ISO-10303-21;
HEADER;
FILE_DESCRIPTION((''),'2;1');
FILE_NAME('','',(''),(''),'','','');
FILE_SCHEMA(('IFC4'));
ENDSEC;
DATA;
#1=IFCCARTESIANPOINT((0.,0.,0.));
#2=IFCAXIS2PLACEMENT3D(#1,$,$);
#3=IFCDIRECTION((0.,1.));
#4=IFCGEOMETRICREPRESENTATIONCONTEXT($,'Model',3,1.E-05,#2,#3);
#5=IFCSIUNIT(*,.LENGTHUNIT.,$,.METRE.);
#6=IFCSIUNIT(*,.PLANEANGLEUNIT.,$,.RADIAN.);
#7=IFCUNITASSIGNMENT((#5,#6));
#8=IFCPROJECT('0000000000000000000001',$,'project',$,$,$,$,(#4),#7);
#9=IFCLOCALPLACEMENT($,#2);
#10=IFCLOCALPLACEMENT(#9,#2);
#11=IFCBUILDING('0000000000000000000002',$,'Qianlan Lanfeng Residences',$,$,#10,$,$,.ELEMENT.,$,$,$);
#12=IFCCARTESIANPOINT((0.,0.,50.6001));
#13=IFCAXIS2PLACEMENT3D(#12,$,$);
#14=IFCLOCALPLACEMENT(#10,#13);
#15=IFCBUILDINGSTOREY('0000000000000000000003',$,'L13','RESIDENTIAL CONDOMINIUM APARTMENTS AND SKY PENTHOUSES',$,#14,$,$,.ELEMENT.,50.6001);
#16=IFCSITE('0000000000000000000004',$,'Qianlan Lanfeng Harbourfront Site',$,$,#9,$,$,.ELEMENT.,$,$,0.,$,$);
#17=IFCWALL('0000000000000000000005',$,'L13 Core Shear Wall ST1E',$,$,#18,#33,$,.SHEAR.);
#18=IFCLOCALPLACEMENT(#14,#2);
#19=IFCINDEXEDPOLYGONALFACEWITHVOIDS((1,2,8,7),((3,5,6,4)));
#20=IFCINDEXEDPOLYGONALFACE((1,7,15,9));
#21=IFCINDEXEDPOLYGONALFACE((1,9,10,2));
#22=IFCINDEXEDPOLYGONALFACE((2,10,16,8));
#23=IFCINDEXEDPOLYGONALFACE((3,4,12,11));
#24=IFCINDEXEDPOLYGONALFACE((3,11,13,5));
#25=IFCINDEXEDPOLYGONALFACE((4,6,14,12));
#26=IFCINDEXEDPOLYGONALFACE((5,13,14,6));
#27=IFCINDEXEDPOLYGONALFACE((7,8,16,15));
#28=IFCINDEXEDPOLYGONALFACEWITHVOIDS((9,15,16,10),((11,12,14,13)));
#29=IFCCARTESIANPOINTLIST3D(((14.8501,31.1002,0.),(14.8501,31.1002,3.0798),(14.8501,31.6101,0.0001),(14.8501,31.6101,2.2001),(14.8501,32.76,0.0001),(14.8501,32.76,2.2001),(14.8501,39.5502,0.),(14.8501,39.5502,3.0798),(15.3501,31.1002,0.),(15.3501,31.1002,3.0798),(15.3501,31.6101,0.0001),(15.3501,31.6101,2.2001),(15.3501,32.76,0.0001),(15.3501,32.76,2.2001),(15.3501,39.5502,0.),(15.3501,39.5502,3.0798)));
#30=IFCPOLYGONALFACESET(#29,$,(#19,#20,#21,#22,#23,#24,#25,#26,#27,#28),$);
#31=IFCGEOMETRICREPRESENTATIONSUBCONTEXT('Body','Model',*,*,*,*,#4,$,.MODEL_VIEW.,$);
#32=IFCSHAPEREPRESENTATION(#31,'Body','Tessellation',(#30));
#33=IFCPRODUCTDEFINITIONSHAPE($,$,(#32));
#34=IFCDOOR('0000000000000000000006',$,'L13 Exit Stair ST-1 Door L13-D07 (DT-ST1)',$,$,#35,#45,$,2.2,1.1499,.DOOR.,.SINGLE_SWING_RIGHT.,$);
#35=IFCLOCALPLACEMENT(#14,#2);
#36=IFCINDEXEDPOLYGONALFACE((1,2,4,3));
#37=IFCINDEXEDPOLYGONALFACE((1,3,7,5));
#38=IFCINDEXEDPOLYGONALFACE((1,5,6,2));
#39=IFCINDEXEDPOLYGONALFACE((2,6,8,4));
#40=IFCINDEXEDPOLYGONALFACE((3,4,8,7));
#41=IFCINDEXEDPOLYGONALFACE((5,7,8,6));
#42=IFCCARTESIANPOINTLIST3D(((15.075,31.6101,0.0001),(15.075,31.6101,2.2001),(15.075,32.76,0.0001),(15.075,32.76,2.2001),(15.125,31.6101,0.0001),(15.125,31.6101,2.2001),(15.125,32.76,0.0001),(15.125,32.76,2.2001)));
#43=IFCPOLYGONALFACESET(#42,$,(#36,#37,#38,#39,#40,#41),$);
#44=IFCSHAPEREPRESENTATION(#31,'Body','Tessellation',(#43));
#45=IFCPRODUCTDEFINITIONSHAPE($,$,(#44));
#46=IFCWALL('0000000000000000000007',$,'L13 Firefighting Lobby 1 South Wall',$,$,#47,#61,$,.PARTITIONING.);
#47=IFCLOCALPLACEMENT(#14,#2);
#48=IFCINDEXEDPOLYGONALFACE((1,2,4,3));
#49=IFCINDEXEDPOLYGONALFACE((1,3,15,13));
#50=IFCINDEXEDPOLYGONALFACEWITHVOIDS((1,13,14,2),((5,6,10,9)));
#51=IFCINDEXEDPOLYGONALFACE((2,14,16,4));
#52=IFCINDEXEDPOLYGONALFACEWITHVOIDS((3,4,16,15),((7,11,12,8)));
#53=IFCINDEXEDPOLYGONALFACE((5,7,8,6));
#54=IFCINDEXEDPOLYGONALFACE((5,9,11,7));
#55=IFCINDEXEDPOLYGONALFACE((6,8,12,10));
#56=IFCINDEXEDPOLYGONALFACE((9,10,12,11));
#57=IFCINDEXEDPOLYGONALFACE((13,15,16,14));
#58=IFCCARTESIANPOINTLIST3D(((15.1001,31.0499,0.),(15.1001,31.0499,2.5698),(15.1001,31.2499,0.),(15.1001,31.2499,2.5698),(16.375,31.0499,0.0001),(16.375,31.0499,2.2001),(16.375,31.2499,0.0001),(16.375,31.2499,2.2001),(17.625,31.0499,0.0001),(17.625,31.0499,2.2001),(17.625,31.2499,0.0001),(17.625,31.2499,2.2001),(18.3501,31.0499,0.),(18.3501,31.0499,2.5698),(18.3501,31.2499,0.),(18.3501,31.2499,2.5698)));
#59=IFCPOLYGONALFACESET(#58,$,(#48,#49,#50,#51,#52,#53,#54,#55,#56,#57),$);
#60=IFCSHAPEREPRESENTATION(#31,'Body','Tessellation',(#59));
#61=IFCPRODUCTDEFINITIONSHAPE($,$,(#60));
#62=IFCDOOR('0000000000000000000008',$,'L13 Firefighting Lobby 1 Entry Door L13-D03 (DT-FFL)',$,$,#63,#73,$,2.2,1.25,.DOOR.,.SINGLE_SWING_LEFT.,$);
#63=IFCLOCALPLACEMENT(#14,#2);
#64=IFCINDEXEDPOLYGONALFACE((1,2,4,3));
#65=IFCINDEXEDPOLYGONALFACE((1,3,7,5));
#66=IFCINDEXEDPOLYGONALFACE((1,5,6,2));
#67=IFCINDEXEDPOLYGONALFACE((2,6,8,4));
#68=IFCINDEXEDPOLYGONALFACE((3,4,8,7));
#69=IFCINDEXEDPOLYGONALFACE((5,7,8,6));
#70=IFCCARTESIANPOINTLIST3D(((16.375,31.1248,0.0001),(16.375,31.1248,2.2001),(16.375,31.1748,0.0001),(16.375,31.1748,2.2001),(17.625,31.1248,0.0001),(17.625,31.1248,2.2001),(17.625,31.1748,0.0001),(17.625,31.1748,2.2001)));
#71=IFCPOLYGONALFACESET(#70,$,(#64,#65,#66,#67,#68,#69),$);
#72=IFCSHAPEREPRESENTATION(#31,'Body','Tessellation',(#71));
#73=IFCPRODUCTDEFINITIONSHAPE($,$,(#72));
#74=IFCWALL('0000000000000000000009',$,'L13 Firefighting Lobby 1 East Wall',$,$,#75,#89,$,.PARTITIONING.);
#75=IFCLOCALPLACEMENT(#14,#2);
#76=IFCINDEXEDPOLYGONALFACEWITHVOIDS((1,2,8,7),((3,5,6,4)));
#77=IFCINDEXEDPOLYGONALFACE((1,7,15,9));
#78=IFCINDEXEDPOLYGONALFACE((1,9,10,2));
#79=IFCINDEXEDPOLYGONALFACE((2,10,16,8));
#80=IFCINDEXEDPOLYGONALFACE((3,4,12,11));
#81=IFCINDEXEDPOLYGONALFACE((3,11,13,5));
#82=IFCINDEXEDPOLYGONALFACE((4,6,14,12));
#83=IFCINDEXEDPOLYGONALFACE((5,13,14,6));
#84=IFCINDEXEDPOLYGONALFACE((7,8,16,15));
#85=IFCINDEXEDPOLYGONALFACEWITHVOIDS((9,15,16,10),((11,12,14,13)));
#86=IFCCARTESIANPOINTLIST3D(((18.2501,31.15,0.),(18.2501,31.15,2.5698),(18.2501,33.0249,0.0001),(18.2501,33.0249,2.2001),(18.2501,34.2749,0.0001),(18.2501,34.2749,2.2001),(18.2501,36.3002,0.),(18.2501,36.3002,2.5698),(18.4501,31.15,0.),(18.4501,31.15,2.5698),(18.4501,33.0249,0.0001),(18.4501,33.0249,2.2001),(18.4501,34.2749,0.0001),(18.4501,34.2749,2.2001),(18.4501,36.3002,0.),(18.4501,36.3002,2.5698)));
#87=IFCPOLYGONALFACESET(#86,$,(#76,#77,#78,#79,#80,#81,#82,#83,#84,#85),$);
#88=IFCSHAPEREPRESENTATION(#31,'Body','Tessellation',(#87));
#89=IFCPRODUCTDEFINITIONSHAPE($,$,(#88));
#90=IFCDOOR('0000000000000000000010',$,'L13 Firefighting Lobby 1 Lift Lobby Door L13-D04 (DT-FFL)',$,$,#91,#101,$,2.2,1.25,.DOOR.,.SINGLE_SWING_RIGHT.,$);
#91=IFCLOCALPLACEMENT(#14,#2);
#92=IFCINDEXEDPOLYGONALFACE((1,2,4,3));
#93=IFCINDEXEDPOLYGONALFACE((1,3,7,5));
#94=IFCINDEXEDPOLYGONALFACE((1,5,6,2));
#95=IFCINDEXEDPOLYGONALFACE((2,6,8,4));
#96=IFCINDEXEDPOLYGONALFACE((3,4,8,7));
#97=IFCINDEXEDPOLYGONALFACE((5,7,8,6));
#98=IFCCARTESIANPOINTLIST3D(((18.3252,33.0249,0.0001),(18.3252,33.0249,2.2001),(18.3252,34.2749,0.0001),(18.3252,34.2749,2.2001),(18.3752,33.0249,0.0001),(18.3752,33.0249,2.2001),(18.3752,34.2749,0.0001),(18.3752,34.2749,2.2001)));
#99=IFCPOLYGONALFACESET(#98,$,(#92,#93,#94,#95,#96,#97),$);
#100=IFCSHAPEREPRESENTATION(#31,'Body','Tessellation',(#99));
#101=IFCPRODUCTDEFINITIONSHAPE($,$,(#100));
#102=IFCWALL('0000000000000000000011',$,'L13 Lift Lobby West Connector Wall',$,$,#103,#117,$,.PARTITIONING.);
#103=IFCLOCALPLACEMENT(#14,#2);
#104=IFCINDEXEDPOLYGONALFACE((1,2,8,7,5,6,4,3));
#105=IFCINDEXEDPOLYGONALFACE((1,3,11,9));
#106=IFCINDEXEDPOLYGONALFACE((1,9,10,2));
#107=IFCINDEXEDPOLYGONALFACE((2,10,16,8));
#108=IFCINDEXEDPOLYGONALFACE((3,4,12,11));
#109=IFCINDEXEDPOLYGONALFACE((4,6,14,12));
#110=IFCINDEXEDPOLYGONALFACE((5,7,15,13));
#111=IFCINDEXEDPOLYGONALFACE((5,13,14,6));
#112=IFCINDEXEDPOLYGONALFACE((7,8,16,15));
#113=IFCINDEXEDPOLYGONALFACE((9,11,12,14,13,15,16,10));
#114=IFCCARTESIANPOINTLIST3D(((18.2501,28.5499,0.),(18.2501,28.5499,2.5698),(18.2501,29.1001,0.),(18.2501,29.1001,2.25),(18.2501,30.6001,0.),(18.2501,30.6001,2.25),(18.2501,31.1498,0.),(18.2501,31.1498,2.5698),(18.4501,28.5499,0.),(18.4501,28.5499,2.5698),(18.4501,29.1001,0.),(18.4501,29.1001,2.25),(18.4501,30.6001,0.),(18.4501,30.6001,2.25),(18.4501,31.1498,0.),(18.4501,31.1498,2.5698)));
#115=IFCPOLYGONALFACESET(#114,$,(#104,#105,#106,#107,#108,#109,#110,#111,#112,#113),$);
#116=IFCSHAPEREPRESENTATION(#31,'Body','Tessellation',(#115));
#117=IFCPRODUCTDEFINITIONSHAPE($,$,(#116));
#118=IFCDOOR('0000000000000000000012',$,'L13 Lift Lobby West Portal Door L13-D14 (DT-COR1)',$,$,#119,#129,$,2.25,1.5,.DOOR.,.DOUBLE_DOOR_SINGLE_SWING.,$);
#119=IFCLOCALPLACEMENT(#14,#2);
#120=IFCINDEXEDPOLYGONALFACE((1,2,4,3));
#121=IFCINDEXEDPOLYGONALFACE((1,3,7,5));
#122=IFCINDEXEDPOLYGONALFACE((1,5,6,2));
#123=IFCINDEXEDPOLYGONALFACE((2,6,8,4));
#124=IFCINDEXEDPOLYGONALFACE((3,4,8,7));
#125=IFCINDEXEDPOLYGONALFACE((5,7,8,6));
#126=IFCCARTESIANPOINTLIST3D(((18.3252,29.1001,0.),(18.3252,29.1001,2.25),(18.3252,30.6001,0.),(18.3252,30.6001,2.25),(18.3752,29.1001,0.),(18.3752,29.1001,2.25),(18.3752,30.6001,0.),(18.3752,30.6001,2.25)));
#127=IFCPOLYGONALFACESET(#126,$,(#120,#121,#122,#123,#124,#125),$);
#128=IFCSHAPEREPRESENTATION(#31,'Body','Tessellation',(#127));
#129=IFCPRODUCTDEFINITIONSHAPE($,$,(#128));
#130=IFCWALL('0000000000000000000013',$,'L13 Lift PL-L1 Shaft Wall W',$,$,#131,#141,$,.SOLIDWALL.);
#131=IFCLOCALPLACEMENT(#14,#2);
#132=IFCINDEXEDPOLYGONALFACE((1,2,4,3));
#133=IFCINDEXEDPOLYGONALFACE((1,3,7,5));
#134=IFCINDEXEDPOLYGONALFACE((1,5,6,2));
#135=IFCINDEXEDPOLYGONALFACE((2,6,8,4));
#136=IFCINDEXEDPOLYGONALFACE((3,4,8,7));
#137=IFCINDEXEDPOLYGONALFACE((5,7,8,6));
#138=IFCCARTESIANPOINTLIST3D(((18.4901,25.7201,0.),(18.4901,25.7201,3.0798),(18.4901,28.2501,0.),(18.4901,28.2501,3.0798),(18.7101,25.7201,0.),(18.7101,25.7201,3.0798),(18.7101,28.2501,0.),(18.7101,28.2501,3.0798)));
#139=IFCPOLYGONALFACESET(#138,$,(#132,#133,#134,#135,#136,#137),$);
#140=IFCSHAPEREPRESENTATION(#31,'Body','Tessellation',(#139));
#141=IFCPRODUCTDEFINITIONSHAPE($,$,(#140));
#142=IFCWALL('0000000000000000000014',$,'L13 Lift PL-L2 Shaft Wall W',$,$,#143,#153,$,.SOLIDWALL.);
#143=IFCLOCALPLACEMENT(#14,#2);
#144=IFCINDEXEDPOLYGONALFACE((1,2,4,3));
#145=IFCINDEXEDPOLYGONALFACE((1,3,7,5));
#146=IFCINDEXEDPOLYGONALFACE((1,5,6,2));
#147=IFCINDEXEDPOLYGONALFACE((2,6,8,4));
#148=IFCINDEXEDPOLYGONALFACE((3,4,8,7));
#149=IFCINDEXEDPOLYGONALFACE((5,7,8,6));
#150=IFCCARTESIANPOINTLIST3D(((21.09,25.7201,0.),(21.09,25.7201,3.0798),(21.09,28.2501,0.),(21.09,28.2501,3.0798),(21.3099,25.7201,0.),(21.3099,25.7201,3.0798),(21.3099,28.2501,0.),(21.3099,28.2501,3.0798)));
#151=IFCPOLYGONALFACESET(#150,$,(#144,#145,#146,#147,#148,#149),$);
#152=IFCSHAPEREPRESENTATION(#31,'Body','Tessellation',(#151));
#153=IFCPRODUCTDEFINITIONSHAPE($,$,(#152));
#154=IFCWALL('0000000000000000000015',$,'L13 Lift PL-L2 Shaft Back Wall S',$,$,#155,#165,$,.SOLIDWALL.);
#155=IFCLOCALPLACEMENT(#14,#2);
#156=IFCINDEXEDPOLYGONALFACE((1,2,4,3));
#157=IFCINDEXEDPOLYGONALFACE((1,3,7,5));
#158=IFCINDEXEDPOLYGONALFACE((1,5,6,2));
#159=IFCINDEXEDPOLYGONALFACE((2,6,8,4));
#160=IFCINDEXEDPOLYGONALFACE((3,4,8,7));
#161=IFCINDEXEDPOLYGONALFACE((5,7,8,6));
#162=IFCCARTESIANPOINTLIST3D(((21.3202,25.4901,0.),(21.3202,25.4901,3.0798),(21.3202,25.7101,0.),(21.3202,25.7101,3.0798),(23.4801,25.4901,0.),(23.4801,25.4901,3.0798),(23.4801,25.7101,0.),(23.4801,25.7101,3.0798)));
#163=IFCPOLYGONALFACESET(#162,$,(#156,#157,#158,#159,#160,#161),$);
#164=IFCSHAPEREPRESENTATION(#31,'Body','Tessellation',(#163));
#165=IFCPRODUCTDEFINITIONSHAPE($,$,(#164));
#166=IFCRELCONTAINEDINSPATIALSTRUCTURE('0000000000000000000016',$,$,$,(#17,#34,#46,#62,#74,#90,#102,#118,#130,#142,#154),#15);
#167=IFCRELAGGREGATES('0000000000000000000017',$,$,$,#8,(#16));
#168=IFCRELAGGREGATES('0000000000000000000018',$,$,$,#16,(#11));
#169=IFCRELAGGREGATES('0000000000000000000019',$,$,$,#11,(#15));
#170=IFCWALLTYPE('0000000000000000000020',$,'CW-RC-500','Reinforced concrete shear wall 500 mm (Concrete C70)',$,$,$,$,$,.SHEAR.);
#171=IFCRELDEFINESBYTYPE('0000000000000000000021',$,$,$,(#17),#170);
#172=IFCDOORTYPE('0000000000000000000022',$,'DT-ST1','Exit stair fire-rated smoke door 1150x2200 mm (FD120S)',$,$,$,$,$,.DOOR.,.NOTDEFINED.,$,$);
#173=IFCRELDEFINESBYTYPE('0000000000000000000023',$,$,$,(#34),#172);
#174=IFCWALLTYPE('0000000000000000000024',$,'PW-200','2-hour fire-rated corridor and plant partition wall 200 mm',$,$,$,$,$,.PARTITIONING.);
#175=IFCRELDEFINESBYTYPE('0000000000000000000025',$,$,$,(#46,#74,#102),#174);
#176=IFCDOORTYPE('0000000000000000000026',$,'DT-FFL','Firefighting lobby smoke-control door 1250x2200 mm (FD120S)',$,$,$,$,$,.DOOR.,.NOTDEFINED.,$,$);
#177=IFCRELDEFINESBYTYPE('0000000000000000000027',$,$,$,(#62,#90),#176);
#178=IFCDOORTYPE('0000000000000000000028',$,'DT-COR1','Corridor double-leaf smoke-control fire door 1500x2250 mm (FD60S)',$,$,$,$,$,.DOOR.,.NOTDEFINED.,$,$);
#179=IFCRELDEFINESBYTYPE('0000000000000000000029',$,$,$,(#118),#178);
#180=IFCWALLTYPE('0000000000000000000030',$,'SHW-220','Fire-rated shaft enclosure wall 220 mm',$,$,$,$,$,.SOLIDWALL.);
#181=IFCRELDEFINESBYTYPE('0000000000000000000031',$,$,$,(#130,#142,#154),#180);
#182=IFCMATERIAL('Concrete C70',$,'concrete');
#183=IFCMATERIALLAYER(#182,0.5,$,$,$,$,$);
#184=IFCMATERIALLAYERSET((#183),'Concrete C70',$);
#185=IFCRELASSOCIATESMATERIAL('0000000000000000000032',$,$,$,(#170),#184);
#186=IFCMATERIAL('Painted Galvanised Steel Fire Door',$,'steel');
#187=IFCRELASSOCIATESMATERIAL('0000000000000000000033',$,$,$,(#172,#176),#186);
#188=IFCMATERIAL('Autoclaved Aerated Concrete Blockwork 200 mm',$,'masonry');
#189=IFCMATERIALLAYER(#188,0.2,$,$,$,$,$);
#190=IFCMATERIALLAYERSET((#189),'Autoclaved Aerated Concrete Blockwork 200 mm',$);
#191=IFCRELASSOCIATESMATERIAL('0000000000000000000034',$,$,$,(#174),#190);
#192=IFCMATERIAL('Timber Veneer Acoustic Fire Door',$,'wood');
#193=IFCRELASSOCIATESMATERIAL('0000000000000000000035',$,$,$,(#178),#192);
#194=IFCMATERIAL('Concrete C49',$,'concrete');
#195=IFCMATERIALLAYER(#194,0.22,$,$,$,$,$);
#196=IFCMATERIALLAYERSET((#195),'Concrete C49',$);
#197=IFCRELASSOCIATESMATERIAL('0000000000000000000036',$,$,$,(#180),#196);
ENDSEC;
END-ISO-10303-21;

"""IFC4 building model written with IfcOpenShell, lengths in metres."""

from ifc_helpers import new_model, si_unit, direction, frame, frame_2d, origin, place, context, subcontext, project, spatial, rectangle, extrude, material, layer, layer_set, type_object, element, fill, save


model = new_model("IFC4")

# Units and contexts
model_context = context("Model", 3, precision=1e-05, world=origin(), true_north=direction((0.0, 1.0)))
body_context = subcontext(model_context, "Body", "Model", "MODEL_VIEW")
ifc_project = project(units=[si_unit("LENGTHUNIT", "METRE"), si_unit("PLANEANGLEUNIT", "RADIAN")], contexts=[model_context])

# Site, building, storey
site_placement = place(None, origin())
site = spatial("IfcSite", under=ifc_project, at=site_placement, Name="Qianlan Lanfeng Harbourfront Site", CompositionType="ELEMENT", RefElevation=0.0)
building_placement = place(site_placement, origin())
building = spatial("IfcBuilding", under=site, at=building_placement, Name="Qianlan Lanfeng Residences", CompositionType="ELEMENT")
storey_placement = place(building_placement, frame((0.0, 0.0, 50.6001)))
storey = spatial("IfcBuildingStorey", under=building, at=storey_placement, Name="L13", Description="RESIDENTIAL CONDOMINIUM APARTMENTS AND SKY PENTHOUSES", CompositionType="ELEMENT", Elevation=50.6001)

# Wall, opening, door
ifc_material_1 = material(Name="Concrete C70", Category="concrete")
ifc_layer_1 = layer(ifc_material_1, 0.5)
ifc_layer_set_1 = layer_set([ifc_layer_1], Name="Concrete C70")
wall_type_1 = type_object("IfcWallType", Name="CW-RC-500", Description="Reinforced concrete shear wall 500 mm (Concrete C70)", PredefinedType="SHEAR", material=ifc_layer_set_1)
wall_1_placement = place(storey_placement, frame((15.1001, 31.1001, 0.0), z_axis=(0.0, 0.0, 1.0), x_axis=(0.0, 1.0, 0.0)))
wall_1 = element("IfcWall", 1, at=wall_1_placement, inside=storey, type_object=wall_type_1, Name="L13 Core Shear Wall ST1E", PredefinedType="SHEAR", context=body_context, shape_type="SweptSolid", body=[
    extrude(rectangle(XDim=8.45, YDim=0.5, at=frame_2d((4.2251, 0.0))), origin(), (0.0, 0.0, 1.0), 3.0798),
])
opening_1_placement = place(wall_1_placement, frame((0.51, 0.0, 0.0)))
opening_1 = element("IfcOpeningElement", 2, at=opening_1_placement, cuts=wall_1, PredefinedType="OPENING", context=body_context, shape_type="SweptSolid", body=[
    extrude(rectangle(XDim=1.1499, YDim=2.2, at=frame_2d((0.575, 1.1001))), frame((0.0, 0.26, 0.0), z_axis=(0.0, -1.0, 0.0), x_axis=(1.0, 0.0, 0.0)), (0.0, 0.0, 1.0), 0.52),
])
ifc_material_2 = material(Name="Painted Galvanised Steel Fire Door", Category="steel")
door_type_1 = type_object("IfcDoorType", Name="DT-ST1", Description="Exit stair fire-rated smoke door 1150x2200 mm (FD120S)", OperationType="NOTDEFINED", PredefinedType="DOOR", material=ifc_material_2)
door_1_placement = place(opening_1_placement, frame((1.1499, 0.0, 0.0), z_axis=(0.0, 0.0, 1.0), x_axis=(-1.0, 0.0, 0.0)))
door_1 = element("IfcDoor", 3, at=door_1_placement, inside=storey, type_object=door_type_1, Name="L13 Exit Stair ST-1 Door L13-D07 (DT-ST1)", OperationType="SINGLE_SWING_RIGHT", OverallHeight=2.2, OverallWidth=1.1499, PredefinedType="DOOR", context=body_context, shape_type="SweptSolid", body=[
    extrude(rectangle(XDim=1.1499, YDim=2.2, at=frame_2d((0.575, 1.1001))), frame((0.0, 0.0249, 0.0), z_axis=(0.0, -1.0, 0.0), x_axis=(1.0, 0.0, 0.0)), (0.0, 0.0, 1.0), 0.05),
])
fill(opening_1, door_1)

# Walls, openings, doors
ifc_material_3 = material(Name="Autoclaved Aerated Concrete Blockwork 200 mm", Category="masonry")
ifc_layer_2 = layer(ifc_material_3, 0.2)
ifc_layer_set_2 = layer_set([ifc_layer_2], Name="Autoclaved Aerated Concrete Blockwork 200 mm")
wall_type_2 = type_object("IfcWallType", Name="PW-200", Description="2-hour fire-rated corridor and plant partition wall 200 mm", PredefinedType="PARTITIONING", material=ifc_layer_set_2)
wall_2_placement = place(storey_placement, frame((15.1001, 31.1499, 0.0), z_axis=(0.0, 0.0, 1.0), x_axis=(1.0, 0.0, 0.0)))
wall_2 = element("IfcWall", 4, at=wall_2_placement, inside=storey, type_object=wall_type_2, Name="L13 Firefighting Lobby 1 South Wall", PredefinedType="PARTITIONING", context=body_context, shape_type="SweptSolid", body=[
    extrude(rectangle(XDim=3.25, YDim=0.2, at=frame_2d((1.625, 0.0))), origin(), (0.0, 0.0, 1.0), 2.5698),
])
opening_2_placement = place(wall_2_placement, frame((1.2749, 0.0, 0.0)))
opening_2 = element("IfcOpeningElement", 5, at=opening_2_placement, cuts=wall_2, PredefinedType="OPENING", context=body_context, shape_type="SweptSolid", body=[
    extrude(rectangle(XDim=1.25, YDim=2.2, at=frame_2d((0.625, 1.1001))), frame((0.0, 0.1099, 0.0), z_axis=(0.0, -1.0, 0.0), x_axis=(1.0, 0.0, 0.0)), (0.0, 0.0, 1.0), 0.22),
])
door_type_2 = type_object("IfcDoorType", Name="DT-FFL", Description="Firefighting lobby smoke-control door 1250x2200 mm (FD120S)", OperationType="NOTDEFINED", PredefinedType="DOOR", material=ifc_material_2)
door_2_placement = place(opening_2_placement, origin())
door_2 = element("IfcDoor", 6, at=door_2_placement, inside=storey, type_object=door_type_2, Name="L13 Firefighting Lobby 1 Entry Door L13-D03 (DT-FFL)", OperationType="SINGLE_SWING_LEFT", OverallHeight=2.2, OverallWidth=1.25, PredefinedType="DOOR", context=body_context, shape_type="SweptSolid", body=[
    extrude(rectangle(XDim=1.25, YDim=2.2, at=frame_2d((0.625, 1.1001))), frame((0.0, 0.0249, 0.0), z_axis=(0.0, -1.0, 0.0), x_axis=(1.0, 0.0, 0.0)), (0.0, 0.0, 1.0), 0.05),
])
fill(opening_2, door_2)
wall_3_placement = place(storey_placement, frame((18.3501, 31.1499, 0.0), z_axis=(0.0, 0.0, 1.0), x_axis=(0.0, 1.0, 0.0)))
wall_3 = element("IfcWall", 7, at=wall_3_placement, inside=storey, type_object=wall_type_2, Name="L13 Firefighting Lobby 1 East Wall", PredefinedType="PARTITIONING", context=body_context, shape_type="SweptSolid", body=[
    extrude(rectangle(XDim=5.1501, YDim=0.2, at=frame_2d((2.5752, 0.0))), origin(), (0.0, 0.0, 1.0), 2.5698),
])
opening_3_placement = place(wall_3_placement, frame((1.875, 0.0, 0.0)))
opening_3 = element("IfcOpeningElement", 8, at=opening_3_placement, cuts=wall_3, PredefinedType="OPENING", context=body_context, shape_type="SweptSolid", body=[
    extrude(rectangle(XDim=1.25, YDim=2.2, at=frame_2d((0.625, 1.1001))), frame((0.0, 0.1099, 0.0), z_axis=(0.0, -1.0, 0.0), x_axis=(1.0, 0.0, 0.0)), (0.0, 0.0, 1.0), 0.22),
])
door_3_placement = place(opening_3_placement, origin())
door_3 = element("IfcDoor", 9, at=door_3_placement, inside=storey, type_object=door_type_2, Name="L13 Firefighting Lobby 1 Lift Lobby Door L13-D04 (DT-FFL)", OperationType="SINGLE_SWING_RIGHT", OverallHeight=2.2, OverallWidth=1.25, PredefinedType="DOOR", context=body_context, shape_type="SweptSolid", body=[
    extrude(rectangle(XDim=1.25, YDim=2.2, at=frame_2d((0.625, 1.1001))), frame((0.0, 0.0249, 0.0), z_axis=(0.0, -1.0, 0.0), x_axis=(1.0, 0.0, 0.0)), (0.0, 0.0, 1.0), 0.05),
])
fill(opening_3, door_3)
wall_4_placement = place(storey_placement, frame((18.3501, 28.55, 0.0), z_axis=(0.0, 0.0, 1.0), x_axis=(0.0, 1.0, 0.0)))
wall_4 = element("IfcWall", 10, at=wall_4_placement, inside=storey, type_object=wall_type_2, Name="L13 Lift Lobby West Connector Wall", PredefinedType="PARTITIONING", context=body_context, shape_type="SweptSolid", body=[
    extrude(rectangle(XDim=2.5999, YDim=0.2, at=frame_2d((1.2998, 0.0))), origin(), (0.0, 0.0, 1.0), 2.5698),
])
opening_4_placement = place(wall_4_placement, frame((0.55, 0.0, 0.0)))
opening_4 = element("IfcOpeningElement", 11, at=opening_4_placement, cuts=wall_4, PredefinedType="OPENING", context=body_context, shape_type="SweptSolid", body=[
    extrude(rectangle(XDim=1.5, YDim=2.25, at=frame_2d((0.75, 1.125))), frame((0.0, 0.1099, 0.0), z_axis=(0.0, -1.0, 0.0), x_axis=(1.0, 0.0, 0.0)), (0.0, 0.0, 1.0), 0.22),
])
ifc_material_4 = material(Name="Timber Veneer Acoustic Fire Door", Category="wood")
door_type_3 = type_object("IfcDoorType", Name="DT-COR1", Description="Corridor double-leaf smoke-control fire door 1500x2250 mm (FD60S)", OperationType="NOTDEFINED", PredefinedType="DOOR", material=ifc_material_4)
door_4_placement = place(opening_4_placement, origin())
door_4 = element("IfcDoor", 12, at=door_4_placement, inside=storey, type_object=door_type_3, Name="L13 Lift Lobby West Portal Door L13-D14 (DT-COR1)", OperationType="DOUBLE_DOOR_SINGLE_SWING", OverallHeight=2.25, OverallWidth=1.5, PredefinedType="DOOR", context=body_context, shape_type="SweptSolid", body=[
    extrude(rectangle(XDim=1.5, YDim=2.25, at=frame_2d((0.75, 1.125))), frame((0.0, 0.0249, 0.0), z_axis=(0.0, -1.0, 0.0), x_axis=(1.0, 0.0, 0.0)), (0.0, 0.0, 1.0), 0.05),
])
fill(opening_4, door_4)

# Walls
ifc_material_5 = material(Name="Concrete C49", Category="concrete")
ifc_layer_3 = layer(ifc_material_5, 0.22)
ifc_layer_set_3 = layer_set([ifc_layer_3], Name="Concrete C49")
wall_type_3 = type_object("IfcWallType", Name="SHW-220", Description="Fire-rated shaft enclosure wall 220 mm", PredefinedType="SOLIDWALL", material=ifc_layer_set_3)
for number, where, z_axis, x_axis, name in (
    (13, (18.6001, 25.72, 0.0), (0.0, 0.0, 1.0), (0.0, 1.0, 0.0), "L13 Lift PL-L1 Shaft Wall W"),
    (14, (21.2, 25.72, 0.0), (0.0, 0.0, 1.0), (0.0, 1.0, 0.0), "L13 Lift PL-L2 Shaft Wall W"),
):
    element("IfcWall", number, at=place(storey_placement, frame(where, z_axis=z_axis, x_axis=x_axis)), inside=storey, type_object=wall_type_3, Name=name, PredefinedType="SOLIDWALL", context=body_context, shape_type="SweptSolid", body=[
        extrude(rectangle(XDim=2.53, YDim=0.22, at=frame_2d((1.2651, 0.0))), origin(), (0.0, 0.0, 1.0), 3.0798),
    ])
wall_5_placement = place(storey_placement, frame((21.3201, 25.6001, 0.0), z_axis=(0.0, 0.0, 1.0), x_axis=(1.0, 0.0, 0.0)))
element("IfcWall", 15, at=wall_5_placement, inside=storey, type_object=wall_type_3, Name="L13 Lift PL-L2 Shaft Back Wall S", PredefinedType="SOLIDWALL", context=body_context, shape_type="SweptSolid", body=[
    extrude(rectangle(XDim=2.1599, YDim=0.22, at=frame_2d((1.0801, 0.0))), origin(), (0.0, 0.0, 1.0), 3.0798),
])

save(model, "model.ifc")
